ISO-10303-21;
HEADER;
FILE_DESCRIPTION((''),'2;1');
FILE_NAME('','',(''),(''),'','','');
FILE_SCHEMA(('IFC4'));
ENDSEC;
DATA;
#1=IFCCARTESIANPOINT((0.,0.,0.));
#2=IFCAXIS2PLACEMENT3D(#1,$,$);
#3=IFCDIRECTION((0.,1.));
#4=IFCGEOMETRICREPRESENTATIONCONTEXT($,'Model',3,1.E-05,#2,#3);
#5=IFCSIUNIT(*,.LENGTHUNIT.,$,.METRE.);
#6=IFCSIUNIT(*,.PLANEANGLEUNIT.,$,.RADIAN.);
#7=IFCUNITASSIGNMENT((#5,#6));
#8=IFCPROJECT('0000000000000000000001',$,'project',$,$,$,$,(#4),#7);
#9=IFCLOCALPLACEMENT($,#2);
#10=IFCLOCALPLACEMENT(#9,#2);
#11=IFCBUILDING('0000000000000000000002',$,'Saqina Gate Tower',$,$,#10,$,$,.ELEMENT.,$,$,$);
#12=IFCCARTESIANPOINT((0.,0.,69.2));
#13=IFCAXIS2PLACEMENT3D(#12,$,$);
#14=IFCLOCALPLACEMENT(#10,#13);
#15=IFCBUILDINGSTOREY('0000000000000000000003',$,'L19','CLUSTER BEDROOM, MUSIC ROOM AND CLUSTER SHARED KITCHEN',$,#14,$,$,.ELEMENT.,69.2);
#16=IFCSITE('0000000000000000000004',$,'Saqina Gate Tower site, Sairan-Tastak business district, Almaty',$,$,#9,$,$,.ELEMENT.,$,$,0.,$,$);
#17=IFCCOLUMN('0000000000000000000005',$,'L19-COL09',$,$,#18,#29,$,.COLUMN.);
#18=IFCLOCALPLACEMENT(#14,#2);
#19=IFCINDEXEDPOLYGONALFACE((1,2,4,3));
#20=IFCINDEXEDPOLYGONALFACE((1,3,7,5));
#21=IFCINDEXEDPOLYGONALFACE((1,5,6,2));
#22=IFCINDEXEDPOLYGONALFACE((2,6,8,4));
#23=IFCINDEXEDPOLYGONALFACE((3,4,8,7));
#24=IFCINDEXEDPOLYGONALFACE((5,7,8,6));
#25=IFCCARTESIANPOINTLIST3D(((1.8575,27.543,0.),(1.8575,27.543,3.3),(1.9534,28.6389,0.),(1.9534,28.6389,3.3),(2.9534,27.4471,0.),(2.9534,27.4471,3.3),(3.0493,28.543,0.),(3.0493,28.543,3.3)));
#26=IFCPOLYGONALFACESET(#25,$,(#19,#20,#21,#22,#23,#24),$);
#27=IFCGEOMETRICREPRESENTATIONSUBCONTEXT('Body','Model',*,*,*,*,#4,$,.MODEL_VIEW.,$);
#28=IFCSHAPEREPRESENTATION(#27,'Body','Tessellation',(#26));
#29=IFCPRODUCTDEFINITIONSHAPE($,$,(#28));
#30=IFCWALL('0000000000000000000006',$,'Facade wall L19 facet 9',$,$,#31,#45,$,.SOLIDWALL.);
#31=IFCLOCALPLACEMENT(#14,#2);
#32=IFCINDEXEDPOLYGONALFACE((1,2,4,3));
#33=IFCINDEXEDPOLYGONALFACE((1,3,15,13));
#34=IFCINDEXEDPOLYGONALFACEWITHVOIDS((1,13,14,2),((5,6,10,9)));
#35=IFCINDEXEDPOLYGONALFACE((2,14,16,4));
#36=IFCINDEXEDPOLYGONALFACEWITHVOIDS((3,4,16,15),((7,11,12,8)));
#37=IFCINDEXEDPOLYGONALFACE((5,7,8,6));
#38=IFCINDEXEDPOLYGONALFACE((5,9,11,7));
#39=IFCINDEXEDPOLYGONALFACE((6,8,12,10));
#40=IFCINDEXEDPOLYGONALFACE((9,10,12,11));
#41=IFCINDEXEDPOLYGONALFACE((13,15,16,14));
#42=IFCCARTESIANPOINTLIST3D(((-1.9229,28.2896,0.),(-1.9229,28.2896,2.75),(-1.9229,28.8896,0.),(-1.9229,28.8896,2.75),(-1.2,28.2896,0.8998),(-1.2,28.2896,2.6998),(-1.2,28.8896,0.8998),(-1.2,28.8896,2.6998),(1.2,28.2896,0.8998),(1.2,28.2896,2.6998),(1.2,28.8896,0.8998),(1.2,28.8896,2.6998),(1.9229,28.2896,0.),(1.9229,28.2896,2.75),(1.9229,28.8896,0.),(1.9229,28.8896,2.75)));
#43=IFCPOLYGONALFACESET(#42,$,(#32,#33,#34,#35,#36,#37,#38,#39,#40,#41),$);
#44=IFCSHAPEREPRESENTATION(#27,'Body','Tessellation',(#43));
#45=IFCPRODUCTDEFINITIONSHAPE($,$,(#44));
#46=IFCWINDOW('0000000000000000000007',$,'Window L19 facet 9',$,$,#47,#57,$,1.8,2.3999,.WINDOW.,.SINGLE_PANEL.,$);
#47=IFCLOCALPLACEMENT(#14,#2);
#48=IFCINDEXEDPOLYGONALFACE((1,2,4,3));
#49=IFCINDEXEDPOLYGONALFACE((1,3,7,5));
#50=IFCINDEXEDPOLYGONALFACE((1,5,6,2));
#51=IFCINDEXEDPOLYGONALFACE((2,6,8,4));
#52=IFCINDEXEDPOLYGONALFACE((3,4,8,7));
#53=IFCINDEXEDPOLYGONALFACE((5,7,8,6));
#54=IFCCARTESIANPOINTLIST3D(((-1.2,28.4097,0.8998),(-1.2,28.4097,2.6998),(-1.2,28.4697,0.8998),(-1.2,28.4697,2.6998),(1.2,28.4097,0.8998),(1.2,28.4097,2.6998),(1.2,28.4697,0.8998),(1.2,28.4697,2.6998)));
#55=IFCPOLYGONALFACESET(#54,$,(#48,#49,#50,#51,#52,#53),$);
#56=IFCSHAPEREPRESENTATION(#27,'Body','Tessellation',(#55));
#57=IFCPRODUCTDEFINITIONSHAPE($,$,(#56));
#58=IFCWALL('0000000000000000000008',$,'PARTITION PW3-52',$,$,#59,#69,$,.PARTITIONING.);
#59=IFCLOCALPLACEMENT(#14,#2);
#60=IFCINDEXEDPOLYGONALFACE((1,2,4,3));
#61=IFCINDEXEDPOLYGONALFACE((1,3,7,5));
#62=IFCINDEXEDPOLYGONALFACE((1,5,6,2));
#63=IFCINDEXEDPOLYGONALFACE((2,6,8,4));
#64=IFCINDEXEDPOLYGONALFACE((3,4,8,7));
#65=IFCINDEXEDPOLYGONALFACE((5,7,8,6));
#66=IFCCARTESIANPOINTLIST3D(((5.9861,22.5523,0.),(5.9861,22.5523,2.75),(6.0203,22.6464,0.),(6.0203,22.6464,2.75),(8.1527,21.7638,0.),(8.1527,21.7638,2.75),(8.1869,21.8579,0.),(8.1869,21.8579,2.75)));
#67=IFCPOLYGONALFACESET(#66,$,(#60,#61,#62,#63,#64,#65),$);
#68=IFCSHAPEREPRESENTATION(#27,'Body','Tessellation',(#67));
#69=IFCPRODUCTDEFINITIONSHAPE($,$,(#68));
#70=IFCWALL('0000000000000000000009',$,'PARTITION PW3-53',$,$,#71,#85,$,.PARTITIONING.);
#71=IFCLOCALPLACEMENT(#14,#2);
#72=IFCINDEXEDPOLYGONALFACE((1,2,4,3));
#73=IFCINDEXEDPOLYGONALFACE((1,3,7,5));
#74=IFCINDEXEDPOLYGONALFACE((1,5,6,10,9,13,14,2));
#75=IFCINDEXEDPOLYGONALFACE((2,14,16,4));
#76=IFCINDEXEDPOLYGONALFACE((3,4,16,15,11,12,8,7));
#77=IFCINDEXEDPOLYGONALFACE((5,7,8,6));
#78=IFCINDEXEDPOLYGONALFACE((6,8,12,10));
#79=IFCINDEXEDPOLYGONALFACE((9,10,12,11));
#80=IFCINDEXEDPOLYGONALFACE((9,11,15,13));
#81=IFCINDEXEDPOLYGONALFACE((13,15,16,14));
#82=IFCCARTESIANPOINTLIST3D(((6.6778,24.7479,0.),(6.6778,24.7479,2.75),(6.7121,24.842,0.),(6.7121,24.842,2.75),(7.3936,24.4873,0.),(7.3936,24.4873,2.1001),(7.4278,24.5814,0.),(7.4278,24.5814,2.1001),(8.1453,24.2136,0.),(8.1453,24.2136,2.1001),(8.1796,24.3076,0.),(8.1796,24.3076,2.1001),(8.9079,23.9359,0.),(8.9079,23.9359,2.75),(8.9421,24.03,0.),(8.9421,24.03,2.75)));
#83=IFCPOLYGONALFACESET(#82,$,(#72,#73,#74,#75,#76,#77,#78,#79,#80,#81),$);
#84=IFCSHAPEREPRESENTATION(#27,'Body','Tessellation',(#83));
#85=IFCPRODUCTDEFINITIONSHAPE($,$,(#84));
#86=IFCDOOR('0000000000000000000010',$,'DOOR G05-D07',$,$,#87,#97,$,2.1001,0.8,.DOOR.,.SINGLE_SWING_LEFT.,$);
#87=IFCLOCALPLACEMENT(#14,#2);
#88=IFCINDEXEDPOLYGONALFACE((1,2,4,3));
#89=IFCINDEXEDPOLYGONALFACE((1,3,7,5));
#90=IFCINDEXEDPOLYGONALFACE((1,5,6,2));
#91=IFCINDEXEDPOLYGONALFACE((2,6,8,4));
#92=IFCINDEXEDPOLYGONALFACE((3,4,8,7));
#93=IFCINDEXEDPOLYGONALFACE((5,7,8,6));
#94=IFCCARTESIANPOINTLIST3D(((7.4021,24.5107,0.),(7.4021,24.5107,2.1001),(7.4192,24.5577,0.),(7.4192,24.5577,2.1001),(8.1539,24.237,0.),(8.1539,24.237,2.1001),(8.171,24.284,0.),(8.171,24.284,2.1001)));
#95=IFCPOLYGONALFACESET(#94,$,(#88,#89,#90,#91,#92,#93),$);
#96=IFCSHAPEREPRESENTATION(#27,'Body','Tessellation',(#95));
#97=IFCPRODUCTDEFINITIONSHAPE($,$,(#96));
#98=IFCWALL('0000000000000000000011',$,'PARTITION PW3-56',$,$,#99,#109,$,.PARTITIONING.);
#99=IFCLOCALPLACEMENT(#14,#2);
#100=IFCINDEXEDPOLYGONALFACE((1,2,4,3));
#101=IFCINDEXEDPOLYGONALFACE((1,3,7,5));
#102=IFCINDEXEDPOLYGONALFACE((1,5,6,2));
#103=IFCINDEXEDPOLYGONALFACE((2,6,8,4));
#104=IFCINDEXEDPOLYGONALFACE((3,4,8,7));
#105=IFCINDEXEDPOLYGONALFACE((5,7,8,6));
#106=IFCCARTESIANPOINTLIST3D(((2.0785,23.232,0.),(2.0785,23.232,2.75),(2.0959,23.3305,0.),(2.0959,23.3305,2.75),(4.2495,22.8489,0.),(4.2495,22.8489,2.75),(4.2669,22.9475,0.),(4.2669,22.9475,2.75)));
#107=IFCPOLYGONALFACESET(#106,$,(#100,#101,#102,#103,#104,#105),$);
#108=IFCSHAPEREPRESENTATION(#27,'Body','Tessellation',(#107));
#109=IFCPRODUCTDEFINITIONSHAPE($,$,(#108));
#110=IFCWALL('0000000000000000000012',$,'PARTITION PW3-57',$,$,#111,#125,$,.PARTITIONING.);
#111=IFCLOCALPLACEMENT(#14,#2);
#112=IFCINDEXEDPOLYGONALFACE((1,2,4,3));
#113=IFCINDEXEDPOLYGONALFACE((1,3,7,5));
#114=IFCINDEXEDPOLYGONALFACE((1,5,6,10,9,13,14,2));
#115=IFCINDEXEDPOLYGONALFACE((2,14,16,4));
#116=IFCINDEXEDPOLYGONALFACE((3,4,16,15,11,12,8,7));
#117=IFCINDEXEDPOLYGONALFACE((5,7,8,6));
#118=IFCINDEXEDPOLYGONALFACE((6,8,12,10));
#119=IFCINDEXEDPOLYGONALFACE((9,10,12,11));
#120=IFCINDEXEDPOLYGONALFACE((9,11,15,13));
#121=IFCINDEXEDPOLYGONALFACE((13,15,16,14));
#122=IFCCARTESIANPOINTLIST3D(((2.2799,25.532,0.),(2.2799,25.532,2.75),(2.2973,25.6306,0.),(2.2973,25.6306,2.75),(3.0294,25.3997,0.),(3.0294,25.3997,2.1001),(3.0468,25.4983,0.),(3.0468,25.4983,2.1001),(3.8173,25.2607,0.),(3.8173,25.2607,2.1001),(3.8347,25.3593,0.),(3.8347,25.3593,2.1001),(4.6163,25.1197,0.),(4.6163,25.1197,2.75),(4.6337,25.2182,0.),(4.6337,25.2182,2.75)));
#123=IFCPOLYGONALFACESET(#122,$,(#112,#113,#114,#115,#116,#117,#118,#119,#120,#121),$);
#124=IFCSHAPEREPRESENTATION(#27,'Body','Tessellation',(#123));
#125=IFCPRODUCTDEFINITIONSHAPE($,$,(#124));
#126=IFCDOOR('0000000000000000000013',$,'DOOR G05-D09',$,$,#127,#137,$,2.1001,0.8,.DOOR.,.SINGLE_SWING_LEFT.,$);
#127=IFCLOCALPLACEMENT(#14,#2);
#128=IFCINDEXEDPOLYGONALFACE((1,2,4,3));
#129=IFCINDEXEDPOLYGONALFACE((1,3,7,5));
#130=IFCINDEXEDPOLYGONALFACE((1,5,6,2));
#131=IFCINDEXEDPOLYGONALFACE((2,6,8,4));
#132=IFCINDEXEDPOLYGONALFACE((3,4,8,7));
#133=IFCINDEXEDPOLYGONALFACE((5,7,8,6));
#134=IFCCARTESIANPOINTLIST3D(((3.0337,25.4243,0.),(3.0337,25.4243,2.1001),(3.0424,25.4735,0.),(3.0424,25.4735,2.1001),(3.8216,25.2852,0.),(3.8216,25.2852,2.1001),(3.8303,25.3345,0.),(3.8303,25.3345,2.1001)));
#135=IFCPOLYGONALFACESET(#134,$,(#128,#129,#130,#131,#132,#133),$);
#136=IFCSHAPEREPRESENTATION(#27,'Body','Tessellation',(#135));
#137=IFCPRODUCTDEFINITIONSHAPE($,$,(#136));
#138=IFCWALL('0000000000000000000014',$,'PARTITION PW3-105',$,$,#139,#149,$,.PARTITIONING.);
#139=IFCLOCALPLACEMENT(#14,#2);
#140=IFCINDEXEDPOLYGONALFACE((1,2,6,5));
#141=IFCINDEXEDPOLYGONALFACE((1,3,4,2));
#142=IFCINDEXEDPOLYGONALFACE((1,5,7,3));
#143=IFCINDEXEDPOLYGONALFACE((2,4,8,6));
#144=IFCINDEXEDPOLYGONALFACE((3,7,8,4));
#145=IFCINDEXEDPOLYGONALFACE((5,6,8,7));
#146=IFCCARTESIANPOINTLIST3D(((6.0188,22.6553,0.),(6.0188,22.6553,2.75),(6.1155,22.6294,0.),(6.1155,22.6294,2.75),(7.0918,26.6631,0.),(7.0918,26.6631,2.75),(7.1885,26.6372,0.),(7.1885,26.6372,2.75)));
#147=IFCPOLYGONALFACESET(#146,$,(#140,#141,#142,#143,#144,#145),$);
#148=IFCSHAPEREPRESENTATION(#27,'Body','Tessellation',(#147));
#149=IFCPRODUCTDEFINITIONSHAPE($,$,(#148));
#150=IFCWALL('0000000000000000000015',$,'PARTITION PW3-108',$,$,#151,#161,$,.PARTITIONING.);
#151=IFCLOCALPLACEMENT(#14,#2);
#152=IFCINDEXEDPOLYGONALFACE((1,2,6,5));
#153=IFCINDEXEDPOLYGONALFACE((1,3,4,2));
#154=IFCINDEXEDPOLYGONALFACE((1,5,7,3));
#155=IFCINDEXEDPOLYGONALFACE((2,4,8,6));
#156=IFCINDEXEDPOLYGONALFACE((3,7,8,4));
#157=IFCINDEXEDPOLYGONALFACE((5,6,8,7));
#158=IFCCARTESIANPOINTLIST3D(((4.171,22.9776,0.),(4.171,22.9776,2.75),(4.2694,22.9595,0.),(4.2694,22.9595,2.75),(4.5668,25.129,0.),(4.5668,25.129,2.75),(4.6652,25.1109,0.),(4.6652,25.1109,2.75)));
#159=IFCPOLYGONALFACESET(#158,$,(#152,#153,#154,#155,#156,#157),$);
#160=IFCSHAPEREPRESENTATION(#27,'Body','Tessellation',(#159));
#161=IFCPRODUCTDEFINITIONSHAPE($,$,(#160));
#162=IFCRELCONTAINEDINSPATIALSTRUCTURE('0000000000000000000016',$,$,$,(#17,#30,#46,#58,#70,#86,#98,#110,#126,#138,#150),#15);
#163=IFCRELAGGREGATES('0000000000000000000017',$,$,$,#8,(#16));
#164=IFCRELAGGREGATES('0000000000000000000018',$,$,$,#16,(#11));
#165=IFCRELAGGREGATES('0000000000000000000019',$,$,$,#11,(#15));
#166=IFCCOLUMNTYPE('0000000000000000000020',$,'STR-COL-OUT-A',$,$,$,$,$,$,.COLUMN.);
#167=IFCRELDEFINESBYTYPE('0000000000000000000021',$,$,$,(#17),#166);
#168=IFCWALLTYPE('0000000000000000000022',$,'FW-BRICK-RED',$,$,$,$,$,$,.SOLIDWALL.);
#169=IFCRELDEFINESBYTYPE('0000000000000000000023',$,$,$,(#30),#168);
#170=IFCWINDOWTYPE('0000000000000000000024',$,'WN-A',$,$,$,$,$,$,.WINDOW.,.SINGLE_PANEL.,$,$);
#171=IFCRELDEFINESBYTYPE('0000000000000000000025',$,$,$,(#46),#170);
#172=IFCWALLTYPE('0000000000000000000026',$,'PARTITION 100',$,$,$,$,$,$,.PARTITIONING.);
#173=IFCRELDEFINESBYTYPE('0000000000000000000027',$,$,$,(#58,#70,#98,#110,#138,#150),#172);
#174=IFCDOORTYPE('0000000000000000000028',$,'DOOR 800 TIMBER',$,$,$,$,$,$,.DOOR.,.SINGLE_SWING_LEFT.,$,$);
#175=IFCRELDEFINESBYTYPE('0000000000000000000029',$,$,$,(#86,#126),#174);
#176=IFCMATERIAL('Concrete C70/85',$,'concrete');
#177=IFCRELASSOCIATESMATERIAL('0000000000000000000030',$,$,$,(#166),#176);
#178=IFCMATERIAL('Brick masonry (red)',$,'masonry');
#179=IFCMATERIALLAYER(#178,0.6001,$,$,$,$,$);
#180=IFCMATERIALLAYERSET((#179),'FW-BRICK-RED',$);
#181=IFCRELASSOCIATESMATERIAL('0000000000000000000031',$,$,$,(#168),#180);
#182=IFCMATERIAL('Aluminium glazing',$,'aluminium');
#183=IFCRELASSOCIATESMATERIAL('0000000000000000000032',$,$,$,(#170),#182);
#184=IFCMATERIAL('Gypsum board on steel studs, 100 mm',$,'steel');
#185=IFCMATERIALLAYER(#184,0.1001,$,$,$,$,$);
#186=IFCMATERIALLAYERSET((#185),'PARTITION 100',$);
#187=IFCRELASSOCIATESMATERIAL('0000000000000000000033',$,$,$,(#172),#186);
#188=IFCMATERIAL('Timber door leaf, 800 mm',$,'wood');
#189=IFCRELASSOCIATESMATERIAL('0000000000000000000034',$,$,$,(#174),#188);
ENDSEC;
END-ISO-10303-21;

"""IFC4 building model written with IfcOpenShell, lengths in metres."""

from ifc_helpers import new_model, si_unit, direction, frame, frame_2d, origin, origin_2d, place, context, subcontext, project, spatial, rectangle, extrude, material, layer, layer_set, material_profile, profile_set, type_object, element, fill, save


model = new_model("IFC4")

# Units and contexts
model_context = context("Model", 3, precision=1e-05, world=origin(), true_north=direction((0.0, 1.0)))
body_context = subcontext(model_context, "Body", "Model", "MODEL_VIEW")
ifc_project = project(units=[si_unit("LENGTHUNIT", "METRE"), si_unit("PLANEANGLEUNIT", "RADIAN")], contexts=[model_context])

# Site, building, storey
site_placement = place(None, origin())
site = spatial("IfcSite", under=ifc_project, at=site_placement, Name="Saqina Gate Tower site, Sairan-Tastak business district, Almaty", CompositionType="ELEMENT", RefElevation=0.0)
building_placement = place(site_placement, origin())
building = spatial("IfcBuilding", under=site, at=building_placement, Name="Saqina Gate Tower", CompositionType="ELEMENT")
storey_placement = place(building_placement, frame((0.0, 0.0, 69.2)))
storey = spatial("IfcBuildingStorey", under=building, at=storey_placement, Name="L19", Description="CLUSTER BEDROOM, MUSIC ROOM AND CLUSTER SHARED KITCHEN", CompositionType="ELEMENT", Elevation=69.2)

# Column
ifc_material_1 = material(Name="Concrete C70/85", Category="concrete")
ifc_material_profile = material_profile(ifc_material_1, rectangle(XDim=1.1001, YDim=1.1001, at=origin_2d()), Name="RC 1100x1100")
ifc_profile_set = profile_set([ifc_material_profile], Name="Concrete C70/85")
column_type = type_object("IfcColumnType", Name="STR-COL-OUT-A", PredefinedType="COLUMN", material=ifc_profile_set)
column_placement = place(storey_placement, frame((2.4534, 28.043, 0.0), z_axis=(0.0, 0.0, 1.0), x_axis=(0.087156, 0.996195, 0.0)))
element("IfcColumn", 1, at=column_placement, inside=storey, type_object=column_type, Name="L19-COL09", PredefinedType="COLUMN", context=body_context, shape_type="SweptSolid", body=[
    extrude(rectangle(XDim=1.1001, YDim=1.1001, at=origin_2d()), origin(), (0.0, 0.0, 1.0), 3.3),
])

# Wall, opening, window
ifc_material_2 = material(Name="Brick masonry (red)", Category="masonry")
ifc_layer_1 = layer(ifc_material_2, 0.6001)
ifc_layer_set_1 = layer_set([ifc_layer_1], Name="FW-BRICK-RED")
wall_type_1 = type_object("IfcWallType", Name="FW-BRICK-RED", PredefinedType="SOLIDWALL", material=ifc_layer_set_1)
wall_1_placement = place(storey_placement, frame((1.9229, 28.5896, 0.0), z_axis=(0.0, 0.0, 1.0), x_axis=(-1.0, 0.0, 0.0)))
wall_1 = element("IfcWall", 2, at=wall_1_placement, inside=storey, type_object=wall_type_1, Name="Facade wall L19 facet 9", PredefinedType="SOLIDWALL", context=body_context, shape_type="SweptSolid", body=[
    extrude(rectangle(XDim=3.8457, YDim=0.6001, at=frame_2d((1.9229, 0.0))), origin(), (0.0, 0.0, 1.0), 2.75),
])
opening_1_placement = place(wall_1_placement, frame((0.7229, 0.0, 0.8999)))
opening_1 = element("IfcOpeningElement", 3, at=opening_1_placement, cuts=wall_1, PredefinedType="OPENING", context=body_context, shape_type="SweptSolid", body=[
    extrude(rectangle(XDim=2.3999, YDim=1.8, at=frame_2d((1.2, 0.8999))), frame((0.0, 0.312, 0.0), z_axis=(0.0, -1.0, 0.0), x_axis=(1.0, 0.0, 0.0)), (0.0, 0.0, 1.0), 0.624),
])
ifc_material_3 = material(Name="Aluminium glazing", Category="aluminium")
window_type = type_object("IfcWindowType", Name="WN-A", PartitioningType="SINGLE_PANEL", PredefinedType="WINDOW", material=ifc_material_3)
window_placement = place(opening_1_placement, origin())
window = element("IfcWindow", 4, at=window_placement, inside=storey, type_object=window_type, Name="Window L19 facet 9", OverallHeight=1.8, OverallWidth=2.3999, PartitioningType="SINGLE_PANEL", PredefinedType="WINDOW", context=body_context, shape_type="SweptSolid", body=[
    extrude(rectangle(XDim=2.3999, YDim=1.8, at=frame_2d((1.2, 0.8999))), frame((0.0, 0.1799, 0.0), z_axis=(0.0, -1.0, 0.0), x_axis=(1.0, 0.0, 0.0)), (0.0, 0.0, 1.0), 0.0601),
])
fill(opening_1, window)

# Wall
ifc_material_4 = material(Name="Gypsum board on steel studs, 100 mm", Category="steel")
ifc_layer_2 = layer(ifc_material_4, 0.1001)
ifc_layer_set_2 = layer_set([ifc_layer_2], Name="PARTITION 100")
wall_type_2 = type_object("IfcWallType", Name="PARTITION 100", PredefinedType="PARTITIONING", material=ifc_layer_set_2)
wall_2_placement = place(storey_placement, frame((6.0032, 22.5994, 0.0), z_axis=(0.0, 0.0, 1.0), x_axis=(0.939701, -0.341998, 0.0)))
element("IfcWall", 5, at=wall_2_placement, inside=storey, type_object=wall_type_2, Name="PARTITION PW3-52", PredefinedType="PARTITIONING", context=body_context, shape_type="SweptSolid", body=[
    extrude(rectangle(XDim=2.3057, YDim=0.1001, at=frame_2d((1.1528, 0.0))), origin(), (0.0, 0.0, 1.0), 2.75),
])

# Wall, opening, door
wall_3_placement = place(storey_placement, frame((6.6951, 24.7949, 0.0), z_axis=(0.0, 0.0, 1.0), x_axis=(0.939643, -0.342156, 0.0)))
wall_3 = element("IfcWall", 6, at=wall_3_placement, inside=storey, type_object=wall_type_2, Name="PARTITION PW3-53", PredefinedType="PARTITIONING", context=body_context, shape_type="SweptSolid", body=[
    extrude(rectangle(XDim=2.3733, YDim=0.1001, at=frame_2d((1.1865, 0.0))), origin(), (0.0, 0.0, 1.0), 2.75),
])
opening_2_placement = place(wall_3_placement, frame((0.7617, 0.0, 0.0)))
opening_2 = element("IfcOpeningElement", 7, at=opening_2_placement, cuts=wall_3, PredefinedType="OPENING", context=body_context, shape_type="SweptSolid", body=[
    extrude(rectangle(XDim=0.8, YDim=2.1001, at=frame_2d((0.3999, 1.05))), frame((0.0, 0.062, 0.0), z_axis=(0.0, -1.0, 0.0), x_axis=(1.0, 0.0, 0.0)), (0.0, 0.0, 1.0), 0.124),
])
ifc_material_5 = material(Name="Timber door leaf, 800 mm", Category="wood")
door_type_1 = type_object("IfcDoorType", Name="DOOR 800 TIMBER", OperationType="SINGLE_SWING_LEFT", PredefinedType="DOOR", material=ifc_material_5)
door_1_placement = place(opening_2_placement, origin())
door_1 = element("IfcDoor", 8, at=door_1_placement, inside=storey, type_object=door_type_1, Name="DOOR G05-D07", OperationType="SINGLE_SWING_LEFT", OverallHeight=2.1001, OverallWidth=0.8, PredefinedType="DOOR", context=body_context, shape_type="SweptSolid", body=[
    extrude(rectangle(XDim=0.8, YDim=2.1001, at=frame_2d((0.3999, 1.05))), frame((0.0, 0.0249, 0.0), z_axis=(0.0, -1.0, 0.0), x_axis=(1.0, 0.0, 0.0)), (0.0, 0.0, 1.0), 0.05),
])
fill(opening_2, door_1)

# Wall
wall_4_placement = place(storey_placement, frame((2.0872, 23.2812, 0.0), z_axis=(0.0, 0.0, 1.0), x_axis=(0.98479, -0.173747, 0.0)))
element("IfcWall", 9, at=wall_4_placement, inside=storey, type_object=wall_type_2, Name="PARTITION PW3-56", PredefinedType="PARTITIONING", context=body_context, shape_type="SweptSolid", body=[
    extrude(rectangle(XDim=2.2046, YDim=0.1001, at=frame_2d((1.1023, 0.0))), origin(), (0.0, 0.0, 1.0), 2.75),
])

# Wall, opening, door
wall_5_placement = place(storey_placement, frame((2.2886, 25.5813, 0.0), z_axis=(0.0, 0.0, 1.0), x_axis=(0.98478, -0.173803, 0.0)))
wall_5 = element("IfcWall", 10, at=wall_5_placement, inside=storey, type_object=wall_type_2, Name="PARTITION PW3-57", PredefinedType="PARTITIONING", context=body_context, shape_type="SweptSolid", body=[
    extrude(rectangle(XDim=2.3726, YDim=0.1001, at=frame_2d((1.1863, 0.0))), origin(), (0.0, 0.0, 1.0), 2.75),
])
opening_3_placement = place(wall_5_placement, frame((0.7612, 0.0, 0.0)))
opening_3 = element("IfcOpeningElement", 11, at=opening_3_placement, cuts=wall_5, PredefinedType="OPENING", context=body_context, shape_type="SweptSolid", body=[
    extrude(rectangle(XDim=0.8, YDim=2.1001, at=frame_2d((0.3999, 1.05))), frame((0.0, 0.062, 0.0), z_axis=(0.0, -1.0, 0.0), x_axis=(1.0, 0.0, 0.0)), (0.0, 0.0, 1.0), 0.124),
])
door_2_placement = place(opening_3_placement, origin())
door_2 = element("IfcDoor", 12, at=door_2_placement, inside=storey, type_object=door_type_1, Name="DOOR G05-D09", OperationType="SINGLE_SWING_LEFT", OverallHeight=2.1001, OverallWidth=0.8, PredefinedType="DOOR", context=body_context, shape_type="SweptSolid", body=[
    extrude(rectangle(XDim=0.8, YDim=2.1001, at=frame_2d((0.3999, 1.05))), frame((0.0, 0.0249, 0.0), z_axis=(0.0, -1.0, 0.0), x_axis=(1.0, 0.0, 0.0)), (0.0, 0.0, 1.0), 0.05),
])
fill(opening_3, door_2)

# Walls
wall_6_placement = place(storey_placement, frame((6.0671, 22.6423, 0.0), z_axis=(0.0, 0.0, 1.0), x_axis=(0.258618, 0.96598, 0.0)))
element("IfcWall", 13, at=wall_6_placement, inside=storey, type_object=wall_type_2, Name="PARTITION PW3-105", PredefinedType="PARTITIONING", context=body_context, shape_type="SweptSolid", body=[
    extrude(rectangle(XDim=4.1489, YDim=0.1001, at=frame_2d((2.0745, 0.0))), origin(), (0.0, 0.0, 1.0), 2.75),
])
wall_7_placement = place(storey_placement, frame((4.2202, 22.9685, 0.0), z_axis=(0.0, 0.0, 1.0), x_axis=(0.180918, 0.983498, 0.0)))
element("IfcWall", 14, at=wall_7_placement, inside=storey, type_object=wall_type_2, Name="PARTITION PW3-108", PredefinedType="PARTITIONING", context=body_context, shape_type="SweptSolid", body=[
    extrude(rectangle(XDim=2.1875, YDim=0.1001, at=frame_2d((1.0938, 0.0))), origin(), (0.0, 0.0, 1.0), 2.75),
])

save(model, "model.ifc")
